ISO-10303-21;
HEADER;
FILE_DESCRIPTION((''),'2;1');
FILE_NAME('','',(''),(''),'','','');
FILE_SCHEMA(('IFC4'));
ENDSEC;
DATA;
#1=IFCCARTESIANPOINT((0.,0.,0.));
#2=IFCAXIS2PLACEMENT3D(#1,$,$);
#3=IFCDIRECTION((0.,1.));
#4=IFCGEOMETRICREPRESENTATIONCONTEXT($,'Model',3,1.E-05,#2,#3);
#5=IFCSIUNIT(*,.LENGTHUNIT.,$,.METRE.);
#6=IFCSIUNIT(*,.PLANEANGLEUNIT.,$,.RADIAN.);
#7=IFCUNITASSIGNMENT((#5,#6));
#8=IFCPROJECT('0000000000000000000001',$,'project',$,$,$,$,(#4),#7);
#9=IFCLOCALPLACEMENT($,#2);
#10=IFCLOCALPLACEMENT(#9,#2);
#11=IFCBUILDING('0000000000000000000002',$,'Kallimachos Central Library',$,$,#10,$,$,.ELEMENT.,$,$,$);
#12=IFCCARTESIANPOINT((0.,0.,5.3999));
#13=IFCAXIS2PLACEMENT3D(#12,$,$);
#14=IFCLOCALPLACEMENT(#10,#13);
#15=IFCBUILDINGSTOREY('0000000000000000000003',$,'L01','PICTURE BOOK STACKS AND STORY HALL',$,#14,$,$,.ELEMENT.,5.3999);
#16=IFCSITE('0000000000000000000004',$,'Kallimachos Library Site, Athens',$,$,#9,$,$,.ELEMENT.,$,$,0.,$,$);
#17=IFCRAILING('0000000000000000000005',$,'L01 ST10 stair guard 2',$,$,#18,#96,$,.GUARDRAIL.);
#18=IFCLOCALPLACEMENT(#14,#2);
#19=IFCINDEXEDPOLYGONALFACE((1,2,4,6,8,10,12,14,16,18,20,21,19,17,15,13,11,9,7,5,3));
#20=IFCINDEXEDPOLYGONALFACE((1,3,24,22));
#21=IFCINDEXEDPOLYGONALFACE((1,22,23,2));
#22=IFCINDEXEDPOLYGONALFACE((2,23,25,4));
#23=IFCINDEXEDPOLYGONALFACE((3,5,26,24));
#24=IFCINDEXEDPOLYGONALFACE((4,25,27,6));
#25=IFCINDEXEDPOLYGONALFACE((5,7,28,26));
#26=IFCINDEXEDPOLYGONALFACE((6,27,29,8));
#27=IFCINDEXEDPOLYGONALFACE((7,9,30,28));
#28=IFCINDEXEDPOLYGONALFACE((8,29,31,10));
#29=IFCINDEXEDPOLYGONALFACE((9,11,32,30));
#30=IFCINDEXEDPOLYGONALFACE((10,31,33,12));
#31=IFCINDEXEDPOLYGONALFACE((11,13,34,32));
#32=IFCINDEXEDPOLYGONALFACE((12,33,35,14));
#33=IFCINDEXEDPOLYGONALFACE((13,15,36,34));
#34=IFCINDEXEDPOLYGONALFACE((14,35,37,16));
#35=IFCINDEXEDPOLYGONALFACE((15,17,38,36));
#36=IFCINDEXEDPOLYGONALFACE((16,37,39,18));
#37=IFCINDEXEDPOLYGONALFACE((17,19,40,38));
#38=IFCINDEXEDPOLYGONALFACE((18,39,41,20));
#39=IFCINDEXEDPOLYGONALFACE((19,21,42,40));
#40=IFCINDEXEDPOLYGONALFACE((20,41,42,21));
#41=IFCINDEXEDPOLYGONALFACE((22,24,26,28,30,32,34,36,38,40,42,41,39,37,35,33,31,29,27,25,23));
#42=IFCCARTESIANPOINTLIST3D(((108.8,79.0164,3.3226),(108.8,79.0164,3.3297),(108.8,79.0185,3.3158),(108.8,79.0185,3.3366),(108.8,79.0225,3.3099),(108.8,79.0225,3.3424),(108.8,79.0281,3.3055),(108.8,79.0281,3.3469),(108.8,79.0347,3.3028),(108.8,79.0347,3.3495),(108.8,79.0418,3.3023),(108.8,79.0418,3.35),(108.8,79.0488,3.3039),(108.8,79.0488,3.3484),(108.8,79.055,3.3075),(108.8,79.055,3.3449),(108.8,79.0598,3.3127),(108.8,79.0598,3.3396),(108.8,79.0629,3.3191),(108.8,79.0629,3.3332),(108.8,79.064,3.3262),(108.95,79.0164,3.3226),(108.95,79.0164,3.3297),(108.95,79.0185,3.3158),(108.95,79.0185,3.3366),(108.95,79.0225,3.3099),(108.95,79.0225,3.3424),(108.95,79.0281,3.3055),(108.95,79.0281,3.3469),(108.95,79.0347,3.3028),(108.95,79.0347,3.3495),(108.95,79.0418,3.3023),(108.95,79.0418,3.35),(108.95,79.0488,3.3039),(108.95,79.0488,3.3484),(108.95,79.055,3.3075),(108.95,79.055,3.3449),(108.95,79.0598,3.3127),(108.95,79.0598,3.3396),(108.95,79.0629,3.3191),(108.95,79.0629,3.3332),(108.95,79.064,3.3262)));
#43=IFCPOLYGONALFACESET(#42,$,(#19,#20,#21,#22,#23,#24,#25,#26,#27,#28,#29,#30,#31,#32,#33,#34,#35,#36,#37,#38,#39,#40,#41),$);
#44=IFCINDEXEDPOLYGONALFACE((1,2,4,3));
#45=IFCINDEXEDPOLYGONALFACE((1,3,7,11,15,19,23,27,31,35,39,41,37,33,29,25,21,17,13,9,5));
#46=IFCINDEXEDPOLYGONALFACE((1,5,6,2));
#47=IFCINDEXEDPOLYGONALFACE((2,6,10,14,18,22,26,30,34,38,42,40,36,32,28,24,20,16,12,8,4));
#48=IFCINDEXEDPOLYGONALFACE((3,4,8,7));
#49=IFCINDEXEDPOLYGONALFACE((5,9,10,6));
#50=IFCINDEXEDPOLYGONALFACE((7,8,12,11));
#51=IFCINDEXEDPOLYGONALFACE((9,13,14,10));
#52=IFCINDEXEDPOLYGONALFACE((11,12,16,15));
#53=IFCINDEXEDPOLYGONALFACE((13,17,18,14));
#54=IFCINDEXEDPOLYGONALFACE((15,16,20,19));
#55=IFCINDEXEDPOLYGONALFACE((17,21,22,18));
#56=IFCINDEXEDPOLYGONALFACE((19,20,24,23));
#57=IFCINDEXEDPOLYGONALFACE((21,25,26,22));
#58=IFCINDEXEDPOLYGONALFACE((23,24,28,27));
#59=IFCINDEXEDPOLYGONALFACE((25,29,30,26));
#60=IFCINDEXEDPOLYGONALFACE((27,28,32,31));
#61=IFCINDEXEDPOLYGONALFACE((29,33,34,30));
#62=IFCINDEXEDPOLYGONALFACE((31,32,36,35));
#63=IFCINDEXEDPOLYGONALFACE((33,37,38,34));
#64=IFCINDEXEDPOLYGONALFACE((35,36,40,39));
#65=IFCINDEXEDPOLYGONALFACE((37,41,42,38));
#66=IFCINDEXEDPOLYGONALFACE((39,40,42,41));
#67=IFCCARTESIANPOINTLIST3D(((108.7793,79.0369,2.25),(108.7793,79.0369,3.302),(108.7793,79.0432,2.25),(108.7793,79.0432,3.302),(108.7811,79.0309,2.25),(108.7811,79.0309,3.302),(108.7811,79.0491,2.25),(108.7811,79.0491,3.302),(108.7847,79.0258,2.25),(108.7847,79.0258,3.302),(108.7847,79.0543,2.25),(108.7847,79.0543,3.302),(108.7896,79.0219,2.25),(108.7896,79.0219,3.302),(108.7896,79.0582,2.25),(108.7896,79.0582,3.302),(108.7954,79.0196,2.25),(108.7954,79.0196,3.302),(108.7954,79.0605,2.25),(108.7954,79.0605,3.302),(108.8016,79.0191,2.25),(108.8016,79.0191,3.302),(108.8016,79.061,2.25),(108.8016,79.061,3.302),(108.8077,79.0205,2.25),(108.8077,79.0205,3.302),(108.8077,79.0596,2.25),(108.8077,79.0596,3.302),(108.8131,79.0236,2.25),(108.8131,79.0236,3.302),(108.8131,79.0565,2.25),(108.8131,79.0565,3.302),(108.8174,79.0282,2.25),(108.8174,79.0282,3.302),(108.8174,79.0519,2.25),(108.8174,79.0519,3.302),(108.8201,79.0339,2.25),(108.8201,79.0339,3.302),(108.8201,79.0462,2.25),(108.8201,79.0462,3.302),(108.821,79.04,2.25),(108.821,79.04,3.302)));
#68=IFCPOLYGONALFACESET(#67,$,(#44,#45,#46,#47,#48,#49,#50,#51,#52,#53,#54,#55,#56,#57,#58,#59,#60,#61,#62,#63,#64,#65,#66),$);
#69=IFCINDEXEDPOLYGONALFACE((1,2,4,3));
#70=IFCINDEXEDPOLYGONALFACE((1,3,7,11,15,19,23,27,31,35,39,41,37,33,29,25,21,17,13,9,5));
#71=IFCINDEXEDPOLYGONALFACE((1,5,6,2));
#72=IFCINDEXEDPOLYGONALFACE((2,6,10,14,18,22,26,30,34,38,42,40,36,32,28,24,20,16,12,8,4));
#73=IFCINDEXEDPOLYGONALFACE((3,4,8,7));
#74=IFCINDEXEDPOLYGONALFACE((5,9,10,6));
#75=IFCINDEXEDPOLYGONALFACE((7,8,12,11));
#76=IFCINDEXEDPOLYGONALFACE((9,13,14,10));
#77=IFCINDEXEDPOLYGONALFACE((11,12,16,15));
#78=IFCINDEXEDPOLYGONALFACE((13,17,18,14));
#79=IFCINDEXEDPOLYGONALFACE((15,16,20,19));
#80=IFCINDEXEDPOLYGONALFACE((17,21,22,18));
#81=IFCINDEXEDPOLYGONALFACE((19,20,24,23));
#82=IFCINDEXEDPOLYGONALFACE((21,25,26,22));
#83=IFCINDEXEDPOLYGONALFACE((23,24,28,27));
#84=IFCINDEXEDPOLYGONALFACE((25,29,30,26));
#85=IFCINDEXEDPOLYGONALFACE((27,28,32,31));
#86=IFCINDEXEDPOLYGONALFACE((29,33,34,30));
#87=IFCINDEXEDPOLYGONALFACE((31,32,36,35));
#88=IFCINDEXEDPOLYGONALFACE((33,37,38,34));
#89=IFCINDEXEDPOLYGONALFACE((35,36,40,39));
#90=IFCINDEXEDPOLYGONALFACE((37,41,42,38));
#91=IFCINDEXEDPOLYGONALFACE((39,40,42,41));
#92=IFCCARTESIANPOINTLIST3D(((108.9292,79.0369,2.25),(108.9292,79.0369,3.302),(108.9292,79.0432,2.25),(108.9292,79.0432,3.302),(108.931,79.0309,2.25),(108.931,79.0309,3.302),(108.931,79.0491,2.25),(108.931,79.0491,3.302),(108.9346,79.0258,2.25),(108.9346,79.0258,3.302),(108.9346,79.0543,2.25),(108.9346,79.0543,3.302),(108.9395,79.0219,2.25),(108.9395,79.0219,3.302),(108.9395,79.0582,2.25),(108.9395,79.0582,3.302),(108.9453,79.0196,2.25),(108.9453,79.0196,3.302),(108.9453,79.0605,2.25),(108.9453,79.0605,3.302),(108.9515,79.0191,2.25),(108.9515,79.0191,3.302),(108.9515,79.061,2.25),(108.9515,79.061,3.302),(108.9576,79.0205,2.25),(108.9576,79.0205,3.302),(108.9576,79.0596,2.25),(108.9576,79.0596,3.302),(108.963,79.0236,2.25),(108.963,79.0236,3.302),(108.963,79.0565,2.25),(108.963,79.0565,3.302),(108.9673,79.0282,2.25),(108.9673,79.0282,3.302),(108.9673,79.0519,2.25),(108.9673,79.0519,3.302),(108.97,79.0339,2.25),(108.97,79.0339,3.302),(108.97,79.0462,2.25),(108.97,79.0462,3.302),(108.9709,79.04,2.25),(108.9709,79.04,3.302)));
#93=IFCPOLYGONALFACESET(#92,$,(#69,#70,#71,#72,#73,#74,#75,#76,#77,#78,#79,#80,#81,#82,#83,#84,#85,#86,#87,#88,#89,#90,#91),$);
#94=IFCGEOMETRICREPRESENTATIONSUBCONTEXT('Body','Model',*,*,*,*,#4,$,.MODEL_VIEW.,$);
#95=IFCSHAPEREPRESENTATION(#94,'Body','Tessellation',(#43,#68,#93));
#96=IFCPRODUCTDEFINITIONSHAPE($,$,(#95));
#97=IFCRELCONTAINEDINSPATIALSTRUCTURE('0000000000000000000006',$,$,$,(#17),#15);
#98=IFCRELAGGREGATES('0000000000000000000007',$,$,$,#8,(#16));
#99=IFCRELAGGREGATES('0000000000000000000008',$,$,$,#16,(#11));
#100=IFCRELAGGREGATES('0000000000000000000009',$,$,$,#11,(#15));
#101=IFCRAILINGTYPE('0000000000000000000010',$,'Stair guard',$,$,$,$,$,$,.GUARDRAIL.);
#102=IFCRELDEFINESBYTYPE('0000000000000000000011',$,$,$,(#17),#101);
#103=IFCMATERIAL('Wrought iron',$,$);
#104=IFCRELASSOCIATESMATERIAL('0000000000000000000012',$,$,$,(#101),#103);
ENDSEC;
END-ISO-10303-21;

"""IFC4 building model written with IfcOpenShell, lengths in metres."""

from ifc_helpers import new_model, si_unit, direction, frame, origin, origin_2d, place, context, subcontext, project, spatial, circle, extrude, material, type_object, element, save


model = new_model("IFC4")

# Units and contexts
model_context = context("Model", 3, precision=1e-05, world=origin(), true_north=direction((0.0, 1.0)))
body_context = subcontext(model_context, "Body", "Model", "MODEL_VIEW")
ifc_project = project(units=[si_unit("LENGTHUNIT", "METRE"), si_unit("PLANEANGLEUNIT", "RADIAN")], contexts=[model_context])

# Site, building, storey
site_placement = place(None, origin())
site = spatial("IfcSite", under=ifc_project, at=site_placement, Name="Kallimachos Library Site, Athens", CompositionType="ELEMENT", RefElevation=0.0)
building_placement = place(site_placement, origin())
building = spatial("IfcBuilding", under=site, at=building_placement, Name="Kallimachos Central Library", CompositionType="ELEMENT")
storey_placement = place(building_placement, frame((0.0, 0.0, 5.3999)))
storey = spatial("IfcBuildingStorey", under=building, at=storey_placement, Name="L01", Description="PICTURE BOOK STACKS AND STORY HALL", CompositionType="ELEMENT", Elevation=5.3999)

# Railing
ifc_material_1 = material(Name="Wrought iron")
railing_type_1 = type_object("IfcRailingType", Name="Stair guard", PredefinedType="GUARDRAIL", material=ifc_material_1)
railing_1_placement = place(storey_placement, frame((108.8, 79.04, 2.25)))
element("IfcRailing", 1, at=railing_1_placement, inside=storey, type_object=railing_type_1, Name="L01 ST10 stair guard 2", PredefinedType="GUARDRAIL", context=body_context, shape_type="SweptSolid", body=[
    extrude(circle(Radius=0.0239, at=origin_2d()), frame((0.0, 0.0, 1.0762), z_axis=(1.0, 0.0, 0.0), x_axis=(0.0, 1.0, 0.0)), (0.0, 0.0, 1.0), 0.1499),
    extrude(circle(Radius=0.021, at=origin_2d()), origin(), (0.0, 0.0, 1.0), 1.052),
    extrude(circle(Radius=0.021, at=origin_2d()), frame((0.1499, 0.0, 0.0)), (0.0, 0.0, 1.0), 1.052),
])

save(model, "model.ifc")
